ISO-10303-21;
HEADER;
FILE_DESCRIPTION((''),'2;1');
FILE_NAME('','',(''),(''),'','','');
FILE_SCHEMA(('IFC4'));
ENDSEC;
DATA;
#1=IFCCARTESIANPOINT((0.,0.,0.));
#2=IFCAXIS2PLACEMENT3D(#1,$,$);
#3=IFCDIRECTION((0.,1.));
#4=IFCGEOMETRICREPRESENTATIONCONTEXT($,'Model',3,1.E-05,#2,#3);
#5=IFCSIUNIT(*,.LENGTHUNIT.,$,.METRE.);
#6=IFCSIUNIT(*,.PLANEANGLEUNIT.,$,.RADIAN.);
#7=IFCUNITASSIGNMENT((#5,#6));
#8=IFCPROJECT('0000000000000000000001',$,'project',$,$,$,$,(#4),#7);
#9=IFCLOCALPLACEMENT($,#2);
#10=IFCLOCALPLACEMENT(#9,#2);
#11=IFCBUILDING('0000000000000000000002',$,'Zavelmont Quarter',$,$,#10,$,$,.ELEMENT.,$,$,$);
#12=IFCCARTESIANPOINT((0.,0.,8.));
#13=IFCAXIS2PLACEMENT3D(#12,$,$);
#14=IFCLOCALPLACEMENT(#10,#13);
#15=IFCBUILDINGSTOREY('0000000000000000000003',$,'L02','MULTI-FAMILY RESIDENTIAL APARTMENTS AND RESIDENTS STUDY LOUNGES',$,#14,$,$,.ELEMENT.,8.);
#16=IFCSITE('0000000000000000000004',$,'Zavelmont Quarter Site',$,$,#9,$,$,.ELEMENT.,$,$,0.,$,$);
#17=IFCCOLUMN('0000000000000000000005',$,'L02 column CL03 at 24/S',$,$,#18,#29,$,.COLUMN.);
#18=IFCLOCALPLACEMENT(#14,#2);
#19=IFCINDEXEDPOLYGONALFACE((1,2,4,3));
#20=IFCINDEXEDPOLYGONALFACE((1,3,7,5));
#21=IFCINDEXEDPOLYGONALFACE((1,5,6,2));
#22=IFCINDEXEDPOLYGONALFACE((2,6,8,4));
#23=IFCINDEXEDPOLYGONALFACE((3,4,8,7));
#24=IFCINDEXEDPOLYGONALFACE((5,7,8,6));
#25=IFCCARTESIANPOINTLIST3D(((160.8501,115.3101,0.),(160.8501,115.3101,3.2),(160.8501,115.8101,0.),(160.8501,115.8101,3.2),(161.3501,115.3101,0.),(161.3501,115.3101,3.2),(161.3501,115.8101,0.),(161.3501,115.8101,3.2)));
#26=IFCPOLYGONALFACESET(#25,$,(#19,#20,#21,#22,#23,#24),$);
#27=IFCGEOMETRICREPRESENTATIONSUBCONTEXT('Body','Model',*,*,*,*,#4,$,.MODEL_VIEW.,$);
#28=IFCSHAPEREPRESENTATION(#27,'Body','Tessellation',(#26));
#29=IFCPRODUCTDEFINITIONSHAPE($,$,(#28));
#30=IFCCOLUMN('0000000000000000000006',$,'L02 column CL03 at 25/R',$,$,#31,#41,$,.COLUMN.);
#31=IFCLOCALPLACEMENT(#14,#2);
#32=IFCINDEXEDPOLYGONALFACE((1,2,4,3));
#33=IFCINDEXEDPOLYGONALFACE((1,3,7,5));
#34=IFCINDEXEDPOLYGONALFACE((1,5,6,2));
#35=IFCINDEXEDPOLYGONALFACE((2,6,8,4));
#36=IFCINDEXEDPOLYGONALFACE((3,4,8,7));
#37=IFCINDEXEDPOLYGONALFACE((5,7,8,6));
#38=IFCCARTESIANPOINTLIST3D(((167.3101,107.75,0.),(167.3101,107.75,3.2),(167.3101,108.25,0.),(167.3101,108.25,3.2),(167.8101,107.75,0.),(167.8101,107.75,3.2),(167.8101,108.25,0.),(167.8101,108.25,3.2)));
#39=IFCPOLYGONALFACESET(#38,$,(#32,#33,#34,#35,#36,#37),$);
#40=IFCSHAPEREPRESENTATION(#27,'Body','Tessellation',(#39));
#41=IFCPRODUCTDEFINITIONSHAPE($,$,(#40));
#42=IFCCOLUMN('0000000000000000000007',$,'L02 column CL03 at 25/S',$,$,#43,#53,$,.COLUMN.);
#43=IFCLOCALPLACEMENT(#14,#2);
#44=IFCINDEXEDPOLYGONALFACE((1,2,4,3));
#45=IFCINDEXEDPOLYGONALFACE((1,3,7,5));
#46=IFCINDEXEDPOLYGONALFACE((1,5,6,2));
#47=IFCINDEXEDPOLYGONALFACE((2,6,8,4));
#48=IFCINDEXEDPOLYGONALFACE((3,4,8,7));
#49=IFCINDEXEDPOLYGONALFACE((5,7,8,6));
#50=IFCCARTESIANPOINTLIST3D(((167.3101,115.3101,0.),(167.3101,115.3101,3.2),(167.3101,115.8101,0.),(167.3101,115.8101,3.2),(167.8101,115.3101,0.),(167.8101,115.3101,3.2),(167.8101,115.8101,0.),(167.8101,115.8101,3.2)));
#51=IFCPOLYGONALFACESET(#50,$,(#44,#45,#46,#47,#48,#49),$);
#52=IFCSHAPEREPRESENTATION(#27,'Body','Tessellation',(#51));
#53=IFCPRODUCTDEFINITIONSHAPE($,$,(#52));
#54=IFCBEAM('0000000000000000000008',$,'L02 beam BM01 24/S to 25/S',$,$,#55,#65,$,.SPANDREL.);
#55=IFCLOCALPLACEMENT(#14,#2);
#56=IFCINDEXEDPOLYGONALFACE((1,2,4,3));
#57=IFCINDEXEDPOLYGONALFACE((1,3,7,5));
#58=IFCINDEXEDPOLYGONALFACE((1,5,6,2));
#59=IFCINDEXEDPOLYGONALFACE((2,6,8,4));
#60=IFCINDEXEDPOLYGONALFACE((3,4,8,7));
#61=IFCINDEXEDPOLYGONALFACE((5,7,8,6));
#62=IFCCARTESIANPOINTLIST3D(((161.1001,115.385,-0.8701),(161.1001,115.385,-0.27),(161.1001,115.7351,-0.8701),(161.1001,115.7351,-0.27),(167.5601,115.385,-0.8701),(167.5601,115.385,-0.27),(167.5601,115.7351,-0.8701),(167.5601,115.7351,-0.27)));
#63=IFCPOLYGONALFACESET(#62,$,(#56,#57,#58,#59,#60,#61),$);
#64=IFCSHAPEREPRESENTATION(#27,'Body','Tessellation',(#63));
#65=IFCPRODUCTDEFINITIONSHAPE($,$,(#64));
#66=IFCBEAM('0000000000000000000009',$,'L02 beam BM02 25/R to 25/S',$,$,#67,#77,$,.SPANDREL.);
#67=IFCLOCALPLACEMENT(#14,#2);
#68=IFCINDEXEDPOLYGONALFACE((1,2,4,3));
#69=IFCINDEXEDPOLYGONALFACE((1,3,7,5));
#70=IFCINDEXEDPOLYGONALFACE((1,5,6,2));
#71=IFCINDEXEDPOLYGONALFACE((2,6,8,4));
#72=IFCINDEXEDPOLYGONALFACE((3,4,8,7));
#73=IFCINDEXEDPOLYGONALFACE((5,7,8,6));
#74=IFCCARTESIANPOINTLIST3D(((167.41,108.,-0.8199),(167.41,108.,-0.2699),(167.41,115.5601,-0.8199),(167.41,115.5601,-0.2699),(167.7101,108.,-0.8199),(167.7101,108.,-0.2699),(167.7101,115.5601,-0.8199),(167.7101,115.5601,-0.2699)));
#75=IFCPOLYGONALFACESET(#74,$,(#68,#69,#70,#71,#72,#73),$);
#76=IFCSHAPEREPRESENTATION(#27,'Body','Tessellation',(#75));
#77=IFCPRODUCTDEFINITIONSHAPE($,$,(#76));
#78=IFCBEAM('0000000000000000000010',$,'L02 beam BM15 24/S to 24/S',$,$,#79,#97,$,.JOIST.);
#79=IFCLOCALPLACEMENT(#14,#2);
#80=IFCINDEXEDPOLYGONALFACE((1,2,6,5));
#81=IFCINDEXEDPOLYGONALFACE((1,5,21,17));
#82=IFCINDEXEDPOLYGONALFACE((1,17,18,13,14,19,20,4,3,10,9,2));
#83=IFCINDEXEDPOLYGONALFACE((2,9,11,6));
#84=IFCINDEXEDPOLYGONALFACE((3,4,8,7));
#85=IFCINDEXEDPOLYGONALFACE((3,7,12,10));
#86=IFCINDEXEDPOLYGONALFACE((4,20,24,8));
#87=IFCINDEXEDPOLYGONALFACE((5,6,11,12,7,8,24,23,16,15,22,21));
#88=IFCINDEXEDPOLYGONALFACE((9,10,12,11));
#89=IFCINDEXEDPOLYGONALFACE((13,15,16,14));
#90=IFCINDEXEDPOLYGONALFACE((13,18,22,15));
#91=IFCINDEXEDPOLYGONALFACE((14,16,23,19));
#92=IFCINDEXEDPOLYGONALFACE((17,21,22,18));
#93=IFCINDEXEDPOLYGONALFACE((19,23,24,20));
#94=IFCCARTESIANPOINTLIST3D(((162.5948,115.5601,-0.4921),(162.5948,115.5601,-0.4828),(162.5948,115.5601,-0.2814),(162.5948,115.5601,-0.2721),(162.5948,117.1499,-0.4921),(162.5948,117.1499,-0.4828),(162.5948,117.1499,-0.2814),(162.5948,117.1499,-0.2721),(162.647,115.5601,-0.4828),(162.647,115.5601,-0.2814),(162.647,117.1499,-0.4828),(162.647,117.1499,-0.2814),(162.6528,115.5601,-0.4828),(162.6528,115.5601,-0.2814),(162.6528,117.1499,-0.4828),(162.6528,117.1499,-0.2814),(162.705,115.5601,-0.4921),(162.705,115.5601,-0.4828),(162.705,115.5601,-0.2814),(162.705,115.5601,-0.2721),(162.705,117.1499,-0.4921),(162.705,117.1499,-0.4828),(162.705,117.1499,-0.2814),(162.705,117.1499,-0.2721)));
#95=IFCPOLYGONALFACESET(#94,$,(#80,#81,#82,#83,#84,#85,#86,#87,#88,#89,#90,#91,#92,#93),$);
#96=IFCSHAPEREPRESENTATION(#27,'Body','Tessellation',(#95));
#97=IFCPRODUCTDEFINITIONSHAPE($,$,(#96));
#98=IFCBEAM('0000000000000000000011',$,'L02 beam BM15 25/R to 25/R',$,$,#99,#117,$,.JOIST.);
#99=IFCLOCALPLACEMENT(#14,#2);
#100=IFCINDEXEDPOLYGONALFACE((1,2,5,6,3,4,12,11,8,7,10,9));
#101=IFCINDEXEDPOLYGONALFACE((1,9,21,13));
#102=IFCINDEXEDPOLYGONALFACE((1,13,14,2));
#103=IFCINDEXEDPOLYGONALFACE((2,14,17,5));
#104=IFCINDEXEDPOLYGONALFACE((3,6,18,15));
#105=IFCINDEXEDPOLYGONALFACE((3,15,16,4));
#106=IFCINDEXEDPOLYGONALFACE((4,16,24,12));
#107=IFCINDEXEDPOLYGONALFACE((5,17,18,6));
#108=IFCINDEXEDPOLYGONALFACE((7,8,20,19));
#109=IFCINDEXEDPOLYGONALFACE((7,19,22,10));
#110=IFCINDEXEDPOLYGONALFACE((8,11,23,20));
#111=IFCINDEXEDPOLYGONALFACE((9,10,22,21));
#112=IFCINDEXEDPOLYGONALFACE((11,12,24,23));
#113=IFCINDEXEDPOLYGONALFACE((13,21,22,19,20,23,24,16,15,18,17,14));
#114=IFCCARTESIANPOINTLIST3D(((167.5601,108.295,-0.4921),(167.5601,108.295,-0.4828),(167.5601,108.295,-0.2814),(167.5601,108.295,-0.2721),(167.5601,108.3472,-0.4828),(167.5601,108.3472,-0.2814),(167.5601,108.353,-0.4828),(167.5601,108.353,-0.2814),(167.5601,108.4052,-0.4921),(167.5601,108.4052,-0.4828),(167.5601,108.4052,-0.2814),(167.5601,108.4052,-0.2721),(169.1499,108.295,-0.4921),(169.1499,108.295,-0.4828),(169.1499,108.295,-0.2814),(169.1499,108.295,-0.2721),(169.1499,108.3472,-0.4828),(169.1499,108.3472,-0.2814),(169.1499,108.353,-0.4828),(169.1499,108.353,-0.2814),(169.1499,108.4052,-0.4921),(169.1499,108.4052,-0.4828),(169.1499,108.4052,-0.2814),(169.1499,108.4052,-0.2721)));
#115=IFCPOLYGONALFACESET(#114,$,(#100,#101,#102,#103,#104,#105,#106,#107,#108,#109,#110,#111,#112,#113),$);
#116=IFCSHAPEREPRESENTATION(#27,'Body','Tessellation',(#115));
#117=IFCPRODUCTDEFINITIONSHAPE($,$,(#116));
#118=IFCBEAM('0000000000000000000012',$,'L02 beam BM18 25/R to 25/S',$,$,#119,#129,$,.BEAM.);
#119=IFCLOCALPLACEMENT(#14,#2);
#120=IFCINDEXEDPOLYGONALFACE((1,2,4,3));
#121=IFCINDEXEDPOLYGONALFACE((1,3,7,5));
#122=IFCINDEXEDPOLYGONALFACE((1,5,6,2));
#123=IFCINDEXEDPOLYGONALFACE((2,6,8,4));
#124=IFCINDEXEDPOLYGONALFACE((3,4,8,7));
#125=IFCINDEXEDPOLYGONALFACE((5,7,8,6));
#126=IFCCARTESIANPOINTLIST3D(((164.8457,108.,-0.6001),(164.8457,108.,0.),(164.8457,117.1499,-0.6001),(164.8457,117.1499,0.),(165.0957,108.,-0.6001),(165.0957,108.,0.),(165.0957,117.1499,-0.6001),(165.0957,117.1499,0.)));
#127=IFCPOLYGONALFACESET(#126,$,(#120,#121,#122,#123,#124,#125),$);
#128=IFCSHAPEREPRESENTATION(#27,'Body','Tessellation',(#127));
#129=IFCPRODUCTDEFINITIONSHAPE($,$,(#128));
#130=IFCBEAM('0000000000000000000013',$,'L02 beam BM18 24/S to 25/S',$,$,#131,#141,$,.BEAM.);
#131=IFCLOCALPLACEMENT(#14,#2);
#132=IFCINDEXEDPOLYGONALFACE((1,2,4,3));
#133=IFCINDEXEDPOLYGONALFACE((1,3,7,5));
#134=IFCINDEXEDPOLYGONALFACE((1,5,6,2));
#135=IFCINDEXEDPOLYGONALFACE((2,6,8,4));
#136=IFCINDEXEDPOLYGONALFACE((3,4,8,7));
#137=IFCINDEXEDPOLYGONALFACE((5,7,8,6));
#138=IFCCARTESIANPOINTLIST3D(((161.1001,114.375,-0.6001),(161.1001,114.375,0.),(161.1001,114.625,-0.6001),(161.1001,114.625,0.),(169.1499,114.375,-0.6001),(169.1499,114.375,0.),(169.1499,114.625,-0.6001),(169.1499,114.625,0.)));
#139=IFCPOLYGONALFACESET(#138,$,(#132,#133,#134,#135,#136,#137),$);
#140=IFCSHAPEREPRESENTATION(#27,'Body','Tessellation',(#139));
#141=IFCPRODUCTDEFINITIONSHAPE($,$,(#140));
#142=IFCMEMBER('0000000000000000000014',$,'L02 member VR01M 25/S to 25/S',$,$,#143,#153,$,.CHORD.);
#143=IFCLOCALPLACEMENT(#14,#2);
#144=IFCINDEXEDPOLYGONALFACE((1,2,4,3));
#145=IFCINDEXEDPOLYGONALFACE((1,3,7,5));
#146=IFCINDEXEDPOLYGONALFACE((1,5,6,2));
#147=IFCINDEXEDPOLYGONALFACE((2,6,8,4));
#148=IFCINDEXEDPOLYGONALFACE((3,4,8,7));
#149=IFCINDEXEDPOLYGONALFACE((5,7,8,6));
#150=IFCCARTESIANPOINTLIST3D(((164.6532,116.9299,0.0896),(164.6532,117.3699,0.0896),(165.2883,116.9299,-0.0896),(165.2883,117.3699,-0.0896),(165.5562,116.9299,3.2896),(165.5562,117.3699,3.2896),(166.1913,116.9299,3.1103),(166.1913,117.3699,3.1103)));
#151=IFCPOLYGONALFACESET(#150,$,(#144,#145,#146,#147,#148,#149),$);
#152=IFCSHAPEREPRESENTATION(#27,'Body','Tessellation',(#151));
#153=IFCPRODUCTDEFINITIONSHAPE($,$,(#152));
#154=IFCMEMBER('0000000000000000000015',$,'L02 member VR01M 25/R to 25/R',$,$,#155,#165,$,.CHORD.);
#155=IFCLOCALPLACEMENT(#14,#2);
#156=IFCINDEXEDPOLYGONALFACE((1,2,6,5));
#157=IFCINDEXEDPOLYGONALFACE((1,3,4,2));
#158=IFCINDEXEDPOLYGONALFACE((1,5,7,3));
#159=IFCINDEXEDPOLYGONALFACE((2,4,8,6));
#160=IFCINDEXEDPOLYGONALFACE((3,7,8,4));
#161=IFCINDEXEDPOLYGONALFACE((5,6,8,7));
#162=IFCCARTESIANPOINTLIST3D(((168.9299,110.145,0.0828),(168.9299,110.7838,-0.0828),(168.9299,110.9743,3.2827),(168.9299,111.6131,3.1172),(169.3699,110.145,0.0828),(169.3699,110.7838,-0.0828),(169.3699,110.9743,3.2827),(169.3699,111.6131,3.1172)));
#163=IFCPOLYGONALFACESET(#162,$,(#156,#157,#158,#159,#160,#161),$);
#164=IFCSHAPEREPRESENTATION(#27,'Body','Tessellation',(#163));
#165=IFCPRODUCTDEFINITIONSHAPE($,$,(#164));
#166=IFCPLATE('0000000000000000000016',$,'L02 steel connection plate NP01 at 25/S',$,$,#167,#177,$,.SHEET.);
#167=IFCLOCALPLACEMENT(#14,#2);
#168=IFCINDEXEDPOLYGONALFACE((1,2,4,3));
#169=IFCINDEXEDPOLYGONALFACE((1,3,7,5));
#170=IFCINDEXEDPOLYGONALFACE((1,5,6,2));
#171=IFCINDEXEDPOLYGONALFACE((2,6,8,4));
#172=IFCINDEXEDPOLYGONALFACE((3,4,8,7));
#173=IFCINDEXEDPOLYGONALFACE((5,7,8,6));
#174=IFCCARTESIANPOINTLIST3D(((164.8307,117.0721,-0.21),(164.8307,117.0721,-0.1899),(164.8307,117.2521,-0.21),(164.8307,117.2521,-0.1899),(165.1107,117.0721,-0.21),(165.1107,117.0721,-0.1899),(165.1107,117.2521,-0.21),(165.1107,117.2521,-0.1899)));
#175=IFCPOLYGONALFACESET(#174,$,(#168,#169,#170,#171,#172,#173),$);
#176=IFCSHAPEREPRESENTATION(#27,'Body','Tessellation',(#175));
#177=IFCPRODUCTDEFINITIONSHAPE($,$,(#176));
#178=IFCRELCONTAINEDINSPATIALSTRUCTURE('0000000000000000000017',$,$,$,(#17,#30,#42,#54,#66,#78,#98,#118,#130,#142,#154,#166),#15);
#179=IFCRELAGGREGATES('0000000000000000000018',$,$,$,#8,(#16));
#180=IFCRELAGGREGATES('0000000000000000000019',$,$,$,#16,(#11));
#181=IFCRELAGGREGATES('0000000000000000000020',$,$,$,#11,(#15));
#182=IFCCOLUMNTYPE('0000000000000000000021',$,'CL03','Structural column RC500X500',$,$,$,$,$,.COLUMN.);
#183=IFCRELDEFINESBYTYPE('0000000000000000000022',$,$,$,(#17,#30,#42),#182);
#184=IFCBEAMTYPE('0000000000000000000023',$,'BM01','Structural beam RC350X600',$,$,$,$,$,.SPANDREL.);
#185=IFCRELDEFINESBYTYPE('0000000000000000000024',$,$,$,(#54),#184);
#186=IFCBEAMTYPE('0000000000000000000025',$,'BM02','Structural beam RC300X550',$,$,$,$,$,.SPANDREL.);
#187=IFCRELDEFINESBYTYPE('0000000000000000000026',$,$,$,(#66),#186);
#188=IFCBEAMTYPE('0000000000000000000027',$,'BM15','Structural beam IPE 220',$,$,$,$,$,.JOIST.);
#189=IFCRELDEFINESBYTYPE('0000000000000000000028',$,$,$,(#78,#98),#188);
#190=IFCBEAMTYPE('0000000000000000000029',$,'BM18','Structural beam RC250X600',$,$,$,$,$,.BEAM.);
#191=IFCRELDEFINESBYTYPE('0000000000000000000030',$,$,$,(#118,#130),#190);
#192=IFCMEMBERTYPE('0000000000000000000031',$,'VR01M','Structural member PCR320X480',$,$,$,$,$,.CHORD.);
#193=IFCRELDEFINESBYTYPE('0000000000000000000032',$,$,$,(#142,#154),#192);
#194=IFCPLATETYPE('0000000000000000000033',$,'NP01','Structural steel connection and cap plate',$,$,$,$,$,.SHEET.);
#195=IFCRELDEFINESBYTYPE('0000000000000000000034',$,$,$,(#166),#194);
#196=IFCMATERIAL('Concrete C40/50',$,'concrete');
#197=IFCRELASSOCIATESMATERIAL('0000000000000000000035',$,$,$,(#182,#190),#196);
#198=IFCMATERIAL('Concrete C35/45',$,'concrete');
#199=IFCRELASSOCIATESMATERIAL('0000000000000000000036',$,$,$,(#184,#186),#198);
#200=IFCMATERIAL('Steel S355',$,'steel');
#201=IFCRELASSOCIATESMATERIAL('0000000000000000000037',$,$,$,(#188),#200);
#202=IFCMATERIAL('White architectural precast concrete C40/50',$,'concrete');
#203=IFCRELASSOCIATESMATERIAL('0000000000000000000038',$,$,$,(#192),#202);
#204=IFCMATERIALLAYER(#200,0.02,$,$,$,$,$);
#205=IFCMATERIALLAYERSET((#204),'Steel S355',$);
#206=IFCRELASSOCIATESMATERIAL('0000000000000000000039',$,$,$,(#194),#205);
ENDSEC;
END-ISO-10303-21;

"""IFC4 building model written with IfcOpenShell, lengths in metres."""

from ifc_helpers import new_model, si_unit, direction, frame, origin, origin_2d, place, context, subcontext, project, spatial, rectangle, i_section, extrude, material, layer, layer_set, material_profile, profile_set, type_object, element, save


model = new_model("IFC4")

# Units and contexts
model_context = context("Model", 3, precision=1e-05, world=origin(), true_north=direction((0.0, 1.0)))
body_context = subcontext(model_context, "Body", "Model", "MODEL_VIEW")
ifc_project = project(units=[si_unit("LENGTHUNIT", "METRE"), si_unit("PLANEANGLEUNIT", "RADIAN")], contexts=[model_context])

# Site, building, storey
site_placement = place(None, origin())
site = spatial("IfcSite", under=ifc_project, at=site_placement, Name="Zavelmont Quarter Site", CompositionType="ELEMENT", RefElevation=0.0)
building_placement = place(site_placement, origin())
building = spatial("IfcBuilding", under=site, at=building_placement, Name="Zavelmont Quarter", CompositionType="ELEMENT")
storey_placement = place(building_placement, frame((0.0, 0.0, 8.0)))
storey = spatial("IfcBuildingStorey", under=building, at=storey_placement, Name="L02", Description="MULTI-FAMILY RESIDENTIAL APARTMENTS AND RESIDENTS STUDY LOUNGES", CompositionType="ELEMENT", Elevation=8.0)

# Columns
ifc_material_1 = material(Name="Concrete C40/50", Category="concrete")
ifc_material_profile_1 = material_profile(ifc_material_1, rectangle(XDim=0.5, YDim=0.5, at=origin_2d()), Name="RC500X500")
ifc_profile_set_1 = profile_set([ifc_material_profile_1], Name="Concrete C40/50")
column_type = type_object("IfcColumnType", Name="CL03", Description="Structural column RC500X500", PredefinedType="COLUMN", material=ifc_profile_set_1)
for number, where, z_axis, x_axis, name in (
    (1, (161.1001, 115.5601, 0.0), (0.0, 0.0, 1.0), (1.0, 0.0, 0.0), "L02 column CL03 at 24/S"),
    (2, (167.5601, 108.0, 0.0), (0.0, 0.0, 1.0), (1.0, 0.0, 0.0), "L02 column CL03 at 25/R"),
    (3, (167.5601, 115.5601, 0.0), (0.0, 0.0, 1.0), (1.0, 0.0, 0.0), "L02 column CL03 at 25/S"),
):
    element("IfcColumn", number, at=place(storey_placement, frame(where, z_axis=z_axis, x_axis=x_axis)), inside=storey, type_object=column_type, Name=name, PredefinedType="COLUMN", context=body_context, shape_type="SweptSolid", body=[
        extrude(rectangle(XDim=0.5, YDim=0.5, at=origin_2d()), origin(), (0.0, 0.0, 1.0), 3.2),
    ])

# Beams
ifc_material_2 = material(Name="Concrete C35/45", Category="concrete")
ifc_material_profile_2 = material_profile(ifc_material_2, rectangle(XDim=0.3501, YDim=0.6001, at=origin_2d()), Name="RC350X600")
ifc_profile_set_2 = profile_set([ifc_material_profile_2], Name="Concrete C35/45")
beam_type_1 = type_object("IfcBeamType", Name="BM01", Description="Structural beam RC350X600", PredefinedType="SPANDREL", material=ifc_profile_set_2)
beam_1_placement = place(storey_placement, frame((161.1001, 115.5601, -0.5701), z_axis=(1.0, 0.0, 0.0), x_axis=(0.0, 1.0, 0.0)))
element("IfcBeam", 4, at=beam_1_placement, inside=storey, type_object=beam_type_1, Name="L02 beam BM01 24/S to 25/S", PredefinedType="SPANDREL", context=body_context, shape_type="SweptSolid", body=[
    extrude(rectangle(XDim=0.3501, YDim=0.6001, at=origin_2d()), origin(), (0.0, 0.0, 1.0), 6.46),
])
ifc_material_profile_3 = material_profile(ifc_material_2, rectangle(XDim=0.3, YDim=0.55, at=origin_2d()), Name="RC300X550")
ifc_profile_set_3 = profile_set([ifc_material_profile_3], Name="Concrete C35/45")
beam_type_2 = type_object("IfcBeamType", Name="BM02", Description="Structural beam RC300X550", PredefinedType="SPANDREL", material=ifc_profile_set_3)
beam_2_placement = place(storey_placement, frame((167.5601, 108.0, -0.5449), z_axis=(0.0, 1.0, 0.0), x_axis=(-1.0, 0.0, 0.0)))
element("IfcBeam", 5, at=beam_2_placement, inside=storey, type_object=beam_type_2, Name="L02 beam BM02 25/R to 25/S", PredefinedType="SPANDREL", context=body_context, shape_type="SweptSolid", body=[
    extrude(rectangle(XDim=0.3, YDim=0.55, at=origin_2d()), origin(), (0.0, 0.0, 1.0), 7.5601),
])
ifc_material_3 = material(Name="Steel S355", Category="steel")
ifc_material_profile_4 = material_profile(ifc_material_3, i_section(OverallWidth=0.1101, OverallDepth=0.22, WebThickness=0.0059, FlangeThickness=0.0093, at=origin_2d()), Name="IPE 220")
ifc_profile_set_4 = profile_set([ifc_material_profile_4], Name="Steel S355")
beam_type_3 = type_object("IfcBeamType", Name="BM15", Description="Structural beam IPE 220", PredefinedType="JOIST", material=ifc_profile_set_4)
for number, where, z_axis, x_axis, name in (
    (6, (162.6499, 115.5601, -0.3821), (0.0, 1.0, 0.0), (-1.0, 0.0, 0.0), "L02 beam BM15 24/S to 24/S"),
    (7, (167.5601, 108.3501, -0.3821), (1.0, 0.0, 0.0), (0.0, 1.0, 0.0), "L02 beam BM15 25/R to 25/R"),
):
    element("IfcBeam", number, at=place(storey_placement, frame(where, z_axis=z_axis, x_axis=x_axis)), inside=storey, type_object=beam_type_3, Name=name, PredefinedType="JOIST", context=body_context, shape_type="SweptSolid", body=[
        extrude(i_section(OverallWidth=0.1101, OverallDepth=0.22, WebThickness=0.0059, FlangeThickness=0.0093, at=origin_2d()), origin(), (0.0, 0.0, 1.0), 1.5898),
    ])
ifc_material_profile_5 = material_profile(ifc_material_1, rectangle(XDim=0.25, YDim=0.6001, at=origin_2d()), Name="RC250X600")
ifc_profile_set_5 = profile_set([ifc_material_profile_5], Name="Concrete C40/50")
beam_type_4 = type_object("IfcBeamType", Name="BM18", Description="Structural beam RC250X600", PredefinedType="BEAM", material=ifc_profile_set_5)
beam_3_placement = place(storey_placement, frame((164.9707, 108.0, -0.3), z_axis=(0.0, 1.0, 0.0), x_axis=(-1.0, 0.0, 0.0)))
element("IfcBeam", 8, at=beam_3_placement, inside=storey, type_object=beam_type_4, Name="L02 beam BM18 25/R to 25/S", PredefinedType="BEAM", context=body_context, shape_type="SweptSolid", body=[
    extrude(rectangle(XDim=0.25, YDim=0.6001, at=origin_2d()), origin(), (0.0, 0.0, 1.0), 9.1499),
])
beam_4_placement = place(storey_placement, frame((161.1001, 114.5, -0.3), z_axis=(1.0, 0.0, 0.0), x_axis=(0.0, 1.0, 0.0)))
element("IfcBeam", 9, at=beam_4_placement, inside=storey, type_object=beam_type_4, Name="L02 beam BM18 24/S to 25/S", PredefinedType="BEAM", context=body_context, shape_type="SweptSolid", body=[
    extrude(rectangle(XDim=0.25, YDim=0.6001, at=origin_2d()), origin(), (0.0, 0.0, 1.0), 8.0498),
])

# Members
ifc_material_4 = material(Name="White architectural precast concrete C40/50", Category="concrete")
ifc_material_profile_6 = material_profile(ifc_material_4, rectangle(XDim=0.4399, YDim=0.6599, at=origin_2d()), Name="PCR320X480")
ifc_profile_set_6 = profile_set([ifc_material_profile_6], Name="White architectural precast concrete C40/50")
member_type = type_object("IfcMemberType", Name="VR01M", Description="Structural member PCR320X480", PredefinedType="CHORD", material=ifc_profile_set_6)
member_1_placement = place(storey_placement, frame((164.9707, 117.1499, 0.0), z_axis=(0.271607, 0.0, 0.962408), x_axis=(0.0, 1.0, 0.0)))
element("IfcMember", 10, at=member_1_placement, inside=storey, type_object=member_type, Name="L02 member VR01M 25/S to 25/S", PredefinedType="CHORD", context=body_context, shape_type="SweptSolid", body=[
    extrude(rectangle(XDim=0.4399, YDim=0.6599, at=origin_2d()), origin(), (0.0, 0.0, 1.0), 3.325),
])
member_2_placement = place(storey_placement, frame((169.1499, 110.4644, 0.0), z_axis=(0.0, 0.250885, 0.968017), x_axis=(-1.0, 0.0, 0.0)))
element("IfcMember", 11, at=member_2_placement, inside=storey, type_object=member_type, Name="L02 member VR01M 25/R to 25/R", PredefinedType="CHORD", context=body_context, shape_type="SweptSolid", body=[
    extrude(rectangle(XDim=0.4399, YDim=0.6599, at=origin_2d()), origin(), (0.0, 0.0, 1.0), 3.3057),
])

# Plate
ifc_layer_1 = layer(ifc_material_3, 0.02)
ifc_layer_set_1 = layer_set([ifc_layer_1], Name="Steel S355")
plate_type = type_object("IfcPlateType", Name="NP01", Description="Structural steel connection and cap plate", PredefinedType="SHEET", material=ifc_layer_set_1)
plate_placement = place(storey_placement, frame((164.9707, 117.1621, -0.21), z_axis=(0.0, 0.0, 1.0), x_axis=(1.0, 0.0, 0.0)))
element("IfcPlate", 12, at=plate_placement, inside=storey, type_object=plate_type, Name="L02 steel connection plate NP01 at 25/S", PredefinedType="SHEET", context=body_context, shape_type="SweptSolid", body=[
    extrude(rectangle(XDim=0.28, YDim=0.1799, at=origin_2d()), origin(), (0.0, 0.0, 1.0), 0.02),
])

save(model, "model.ifc")
